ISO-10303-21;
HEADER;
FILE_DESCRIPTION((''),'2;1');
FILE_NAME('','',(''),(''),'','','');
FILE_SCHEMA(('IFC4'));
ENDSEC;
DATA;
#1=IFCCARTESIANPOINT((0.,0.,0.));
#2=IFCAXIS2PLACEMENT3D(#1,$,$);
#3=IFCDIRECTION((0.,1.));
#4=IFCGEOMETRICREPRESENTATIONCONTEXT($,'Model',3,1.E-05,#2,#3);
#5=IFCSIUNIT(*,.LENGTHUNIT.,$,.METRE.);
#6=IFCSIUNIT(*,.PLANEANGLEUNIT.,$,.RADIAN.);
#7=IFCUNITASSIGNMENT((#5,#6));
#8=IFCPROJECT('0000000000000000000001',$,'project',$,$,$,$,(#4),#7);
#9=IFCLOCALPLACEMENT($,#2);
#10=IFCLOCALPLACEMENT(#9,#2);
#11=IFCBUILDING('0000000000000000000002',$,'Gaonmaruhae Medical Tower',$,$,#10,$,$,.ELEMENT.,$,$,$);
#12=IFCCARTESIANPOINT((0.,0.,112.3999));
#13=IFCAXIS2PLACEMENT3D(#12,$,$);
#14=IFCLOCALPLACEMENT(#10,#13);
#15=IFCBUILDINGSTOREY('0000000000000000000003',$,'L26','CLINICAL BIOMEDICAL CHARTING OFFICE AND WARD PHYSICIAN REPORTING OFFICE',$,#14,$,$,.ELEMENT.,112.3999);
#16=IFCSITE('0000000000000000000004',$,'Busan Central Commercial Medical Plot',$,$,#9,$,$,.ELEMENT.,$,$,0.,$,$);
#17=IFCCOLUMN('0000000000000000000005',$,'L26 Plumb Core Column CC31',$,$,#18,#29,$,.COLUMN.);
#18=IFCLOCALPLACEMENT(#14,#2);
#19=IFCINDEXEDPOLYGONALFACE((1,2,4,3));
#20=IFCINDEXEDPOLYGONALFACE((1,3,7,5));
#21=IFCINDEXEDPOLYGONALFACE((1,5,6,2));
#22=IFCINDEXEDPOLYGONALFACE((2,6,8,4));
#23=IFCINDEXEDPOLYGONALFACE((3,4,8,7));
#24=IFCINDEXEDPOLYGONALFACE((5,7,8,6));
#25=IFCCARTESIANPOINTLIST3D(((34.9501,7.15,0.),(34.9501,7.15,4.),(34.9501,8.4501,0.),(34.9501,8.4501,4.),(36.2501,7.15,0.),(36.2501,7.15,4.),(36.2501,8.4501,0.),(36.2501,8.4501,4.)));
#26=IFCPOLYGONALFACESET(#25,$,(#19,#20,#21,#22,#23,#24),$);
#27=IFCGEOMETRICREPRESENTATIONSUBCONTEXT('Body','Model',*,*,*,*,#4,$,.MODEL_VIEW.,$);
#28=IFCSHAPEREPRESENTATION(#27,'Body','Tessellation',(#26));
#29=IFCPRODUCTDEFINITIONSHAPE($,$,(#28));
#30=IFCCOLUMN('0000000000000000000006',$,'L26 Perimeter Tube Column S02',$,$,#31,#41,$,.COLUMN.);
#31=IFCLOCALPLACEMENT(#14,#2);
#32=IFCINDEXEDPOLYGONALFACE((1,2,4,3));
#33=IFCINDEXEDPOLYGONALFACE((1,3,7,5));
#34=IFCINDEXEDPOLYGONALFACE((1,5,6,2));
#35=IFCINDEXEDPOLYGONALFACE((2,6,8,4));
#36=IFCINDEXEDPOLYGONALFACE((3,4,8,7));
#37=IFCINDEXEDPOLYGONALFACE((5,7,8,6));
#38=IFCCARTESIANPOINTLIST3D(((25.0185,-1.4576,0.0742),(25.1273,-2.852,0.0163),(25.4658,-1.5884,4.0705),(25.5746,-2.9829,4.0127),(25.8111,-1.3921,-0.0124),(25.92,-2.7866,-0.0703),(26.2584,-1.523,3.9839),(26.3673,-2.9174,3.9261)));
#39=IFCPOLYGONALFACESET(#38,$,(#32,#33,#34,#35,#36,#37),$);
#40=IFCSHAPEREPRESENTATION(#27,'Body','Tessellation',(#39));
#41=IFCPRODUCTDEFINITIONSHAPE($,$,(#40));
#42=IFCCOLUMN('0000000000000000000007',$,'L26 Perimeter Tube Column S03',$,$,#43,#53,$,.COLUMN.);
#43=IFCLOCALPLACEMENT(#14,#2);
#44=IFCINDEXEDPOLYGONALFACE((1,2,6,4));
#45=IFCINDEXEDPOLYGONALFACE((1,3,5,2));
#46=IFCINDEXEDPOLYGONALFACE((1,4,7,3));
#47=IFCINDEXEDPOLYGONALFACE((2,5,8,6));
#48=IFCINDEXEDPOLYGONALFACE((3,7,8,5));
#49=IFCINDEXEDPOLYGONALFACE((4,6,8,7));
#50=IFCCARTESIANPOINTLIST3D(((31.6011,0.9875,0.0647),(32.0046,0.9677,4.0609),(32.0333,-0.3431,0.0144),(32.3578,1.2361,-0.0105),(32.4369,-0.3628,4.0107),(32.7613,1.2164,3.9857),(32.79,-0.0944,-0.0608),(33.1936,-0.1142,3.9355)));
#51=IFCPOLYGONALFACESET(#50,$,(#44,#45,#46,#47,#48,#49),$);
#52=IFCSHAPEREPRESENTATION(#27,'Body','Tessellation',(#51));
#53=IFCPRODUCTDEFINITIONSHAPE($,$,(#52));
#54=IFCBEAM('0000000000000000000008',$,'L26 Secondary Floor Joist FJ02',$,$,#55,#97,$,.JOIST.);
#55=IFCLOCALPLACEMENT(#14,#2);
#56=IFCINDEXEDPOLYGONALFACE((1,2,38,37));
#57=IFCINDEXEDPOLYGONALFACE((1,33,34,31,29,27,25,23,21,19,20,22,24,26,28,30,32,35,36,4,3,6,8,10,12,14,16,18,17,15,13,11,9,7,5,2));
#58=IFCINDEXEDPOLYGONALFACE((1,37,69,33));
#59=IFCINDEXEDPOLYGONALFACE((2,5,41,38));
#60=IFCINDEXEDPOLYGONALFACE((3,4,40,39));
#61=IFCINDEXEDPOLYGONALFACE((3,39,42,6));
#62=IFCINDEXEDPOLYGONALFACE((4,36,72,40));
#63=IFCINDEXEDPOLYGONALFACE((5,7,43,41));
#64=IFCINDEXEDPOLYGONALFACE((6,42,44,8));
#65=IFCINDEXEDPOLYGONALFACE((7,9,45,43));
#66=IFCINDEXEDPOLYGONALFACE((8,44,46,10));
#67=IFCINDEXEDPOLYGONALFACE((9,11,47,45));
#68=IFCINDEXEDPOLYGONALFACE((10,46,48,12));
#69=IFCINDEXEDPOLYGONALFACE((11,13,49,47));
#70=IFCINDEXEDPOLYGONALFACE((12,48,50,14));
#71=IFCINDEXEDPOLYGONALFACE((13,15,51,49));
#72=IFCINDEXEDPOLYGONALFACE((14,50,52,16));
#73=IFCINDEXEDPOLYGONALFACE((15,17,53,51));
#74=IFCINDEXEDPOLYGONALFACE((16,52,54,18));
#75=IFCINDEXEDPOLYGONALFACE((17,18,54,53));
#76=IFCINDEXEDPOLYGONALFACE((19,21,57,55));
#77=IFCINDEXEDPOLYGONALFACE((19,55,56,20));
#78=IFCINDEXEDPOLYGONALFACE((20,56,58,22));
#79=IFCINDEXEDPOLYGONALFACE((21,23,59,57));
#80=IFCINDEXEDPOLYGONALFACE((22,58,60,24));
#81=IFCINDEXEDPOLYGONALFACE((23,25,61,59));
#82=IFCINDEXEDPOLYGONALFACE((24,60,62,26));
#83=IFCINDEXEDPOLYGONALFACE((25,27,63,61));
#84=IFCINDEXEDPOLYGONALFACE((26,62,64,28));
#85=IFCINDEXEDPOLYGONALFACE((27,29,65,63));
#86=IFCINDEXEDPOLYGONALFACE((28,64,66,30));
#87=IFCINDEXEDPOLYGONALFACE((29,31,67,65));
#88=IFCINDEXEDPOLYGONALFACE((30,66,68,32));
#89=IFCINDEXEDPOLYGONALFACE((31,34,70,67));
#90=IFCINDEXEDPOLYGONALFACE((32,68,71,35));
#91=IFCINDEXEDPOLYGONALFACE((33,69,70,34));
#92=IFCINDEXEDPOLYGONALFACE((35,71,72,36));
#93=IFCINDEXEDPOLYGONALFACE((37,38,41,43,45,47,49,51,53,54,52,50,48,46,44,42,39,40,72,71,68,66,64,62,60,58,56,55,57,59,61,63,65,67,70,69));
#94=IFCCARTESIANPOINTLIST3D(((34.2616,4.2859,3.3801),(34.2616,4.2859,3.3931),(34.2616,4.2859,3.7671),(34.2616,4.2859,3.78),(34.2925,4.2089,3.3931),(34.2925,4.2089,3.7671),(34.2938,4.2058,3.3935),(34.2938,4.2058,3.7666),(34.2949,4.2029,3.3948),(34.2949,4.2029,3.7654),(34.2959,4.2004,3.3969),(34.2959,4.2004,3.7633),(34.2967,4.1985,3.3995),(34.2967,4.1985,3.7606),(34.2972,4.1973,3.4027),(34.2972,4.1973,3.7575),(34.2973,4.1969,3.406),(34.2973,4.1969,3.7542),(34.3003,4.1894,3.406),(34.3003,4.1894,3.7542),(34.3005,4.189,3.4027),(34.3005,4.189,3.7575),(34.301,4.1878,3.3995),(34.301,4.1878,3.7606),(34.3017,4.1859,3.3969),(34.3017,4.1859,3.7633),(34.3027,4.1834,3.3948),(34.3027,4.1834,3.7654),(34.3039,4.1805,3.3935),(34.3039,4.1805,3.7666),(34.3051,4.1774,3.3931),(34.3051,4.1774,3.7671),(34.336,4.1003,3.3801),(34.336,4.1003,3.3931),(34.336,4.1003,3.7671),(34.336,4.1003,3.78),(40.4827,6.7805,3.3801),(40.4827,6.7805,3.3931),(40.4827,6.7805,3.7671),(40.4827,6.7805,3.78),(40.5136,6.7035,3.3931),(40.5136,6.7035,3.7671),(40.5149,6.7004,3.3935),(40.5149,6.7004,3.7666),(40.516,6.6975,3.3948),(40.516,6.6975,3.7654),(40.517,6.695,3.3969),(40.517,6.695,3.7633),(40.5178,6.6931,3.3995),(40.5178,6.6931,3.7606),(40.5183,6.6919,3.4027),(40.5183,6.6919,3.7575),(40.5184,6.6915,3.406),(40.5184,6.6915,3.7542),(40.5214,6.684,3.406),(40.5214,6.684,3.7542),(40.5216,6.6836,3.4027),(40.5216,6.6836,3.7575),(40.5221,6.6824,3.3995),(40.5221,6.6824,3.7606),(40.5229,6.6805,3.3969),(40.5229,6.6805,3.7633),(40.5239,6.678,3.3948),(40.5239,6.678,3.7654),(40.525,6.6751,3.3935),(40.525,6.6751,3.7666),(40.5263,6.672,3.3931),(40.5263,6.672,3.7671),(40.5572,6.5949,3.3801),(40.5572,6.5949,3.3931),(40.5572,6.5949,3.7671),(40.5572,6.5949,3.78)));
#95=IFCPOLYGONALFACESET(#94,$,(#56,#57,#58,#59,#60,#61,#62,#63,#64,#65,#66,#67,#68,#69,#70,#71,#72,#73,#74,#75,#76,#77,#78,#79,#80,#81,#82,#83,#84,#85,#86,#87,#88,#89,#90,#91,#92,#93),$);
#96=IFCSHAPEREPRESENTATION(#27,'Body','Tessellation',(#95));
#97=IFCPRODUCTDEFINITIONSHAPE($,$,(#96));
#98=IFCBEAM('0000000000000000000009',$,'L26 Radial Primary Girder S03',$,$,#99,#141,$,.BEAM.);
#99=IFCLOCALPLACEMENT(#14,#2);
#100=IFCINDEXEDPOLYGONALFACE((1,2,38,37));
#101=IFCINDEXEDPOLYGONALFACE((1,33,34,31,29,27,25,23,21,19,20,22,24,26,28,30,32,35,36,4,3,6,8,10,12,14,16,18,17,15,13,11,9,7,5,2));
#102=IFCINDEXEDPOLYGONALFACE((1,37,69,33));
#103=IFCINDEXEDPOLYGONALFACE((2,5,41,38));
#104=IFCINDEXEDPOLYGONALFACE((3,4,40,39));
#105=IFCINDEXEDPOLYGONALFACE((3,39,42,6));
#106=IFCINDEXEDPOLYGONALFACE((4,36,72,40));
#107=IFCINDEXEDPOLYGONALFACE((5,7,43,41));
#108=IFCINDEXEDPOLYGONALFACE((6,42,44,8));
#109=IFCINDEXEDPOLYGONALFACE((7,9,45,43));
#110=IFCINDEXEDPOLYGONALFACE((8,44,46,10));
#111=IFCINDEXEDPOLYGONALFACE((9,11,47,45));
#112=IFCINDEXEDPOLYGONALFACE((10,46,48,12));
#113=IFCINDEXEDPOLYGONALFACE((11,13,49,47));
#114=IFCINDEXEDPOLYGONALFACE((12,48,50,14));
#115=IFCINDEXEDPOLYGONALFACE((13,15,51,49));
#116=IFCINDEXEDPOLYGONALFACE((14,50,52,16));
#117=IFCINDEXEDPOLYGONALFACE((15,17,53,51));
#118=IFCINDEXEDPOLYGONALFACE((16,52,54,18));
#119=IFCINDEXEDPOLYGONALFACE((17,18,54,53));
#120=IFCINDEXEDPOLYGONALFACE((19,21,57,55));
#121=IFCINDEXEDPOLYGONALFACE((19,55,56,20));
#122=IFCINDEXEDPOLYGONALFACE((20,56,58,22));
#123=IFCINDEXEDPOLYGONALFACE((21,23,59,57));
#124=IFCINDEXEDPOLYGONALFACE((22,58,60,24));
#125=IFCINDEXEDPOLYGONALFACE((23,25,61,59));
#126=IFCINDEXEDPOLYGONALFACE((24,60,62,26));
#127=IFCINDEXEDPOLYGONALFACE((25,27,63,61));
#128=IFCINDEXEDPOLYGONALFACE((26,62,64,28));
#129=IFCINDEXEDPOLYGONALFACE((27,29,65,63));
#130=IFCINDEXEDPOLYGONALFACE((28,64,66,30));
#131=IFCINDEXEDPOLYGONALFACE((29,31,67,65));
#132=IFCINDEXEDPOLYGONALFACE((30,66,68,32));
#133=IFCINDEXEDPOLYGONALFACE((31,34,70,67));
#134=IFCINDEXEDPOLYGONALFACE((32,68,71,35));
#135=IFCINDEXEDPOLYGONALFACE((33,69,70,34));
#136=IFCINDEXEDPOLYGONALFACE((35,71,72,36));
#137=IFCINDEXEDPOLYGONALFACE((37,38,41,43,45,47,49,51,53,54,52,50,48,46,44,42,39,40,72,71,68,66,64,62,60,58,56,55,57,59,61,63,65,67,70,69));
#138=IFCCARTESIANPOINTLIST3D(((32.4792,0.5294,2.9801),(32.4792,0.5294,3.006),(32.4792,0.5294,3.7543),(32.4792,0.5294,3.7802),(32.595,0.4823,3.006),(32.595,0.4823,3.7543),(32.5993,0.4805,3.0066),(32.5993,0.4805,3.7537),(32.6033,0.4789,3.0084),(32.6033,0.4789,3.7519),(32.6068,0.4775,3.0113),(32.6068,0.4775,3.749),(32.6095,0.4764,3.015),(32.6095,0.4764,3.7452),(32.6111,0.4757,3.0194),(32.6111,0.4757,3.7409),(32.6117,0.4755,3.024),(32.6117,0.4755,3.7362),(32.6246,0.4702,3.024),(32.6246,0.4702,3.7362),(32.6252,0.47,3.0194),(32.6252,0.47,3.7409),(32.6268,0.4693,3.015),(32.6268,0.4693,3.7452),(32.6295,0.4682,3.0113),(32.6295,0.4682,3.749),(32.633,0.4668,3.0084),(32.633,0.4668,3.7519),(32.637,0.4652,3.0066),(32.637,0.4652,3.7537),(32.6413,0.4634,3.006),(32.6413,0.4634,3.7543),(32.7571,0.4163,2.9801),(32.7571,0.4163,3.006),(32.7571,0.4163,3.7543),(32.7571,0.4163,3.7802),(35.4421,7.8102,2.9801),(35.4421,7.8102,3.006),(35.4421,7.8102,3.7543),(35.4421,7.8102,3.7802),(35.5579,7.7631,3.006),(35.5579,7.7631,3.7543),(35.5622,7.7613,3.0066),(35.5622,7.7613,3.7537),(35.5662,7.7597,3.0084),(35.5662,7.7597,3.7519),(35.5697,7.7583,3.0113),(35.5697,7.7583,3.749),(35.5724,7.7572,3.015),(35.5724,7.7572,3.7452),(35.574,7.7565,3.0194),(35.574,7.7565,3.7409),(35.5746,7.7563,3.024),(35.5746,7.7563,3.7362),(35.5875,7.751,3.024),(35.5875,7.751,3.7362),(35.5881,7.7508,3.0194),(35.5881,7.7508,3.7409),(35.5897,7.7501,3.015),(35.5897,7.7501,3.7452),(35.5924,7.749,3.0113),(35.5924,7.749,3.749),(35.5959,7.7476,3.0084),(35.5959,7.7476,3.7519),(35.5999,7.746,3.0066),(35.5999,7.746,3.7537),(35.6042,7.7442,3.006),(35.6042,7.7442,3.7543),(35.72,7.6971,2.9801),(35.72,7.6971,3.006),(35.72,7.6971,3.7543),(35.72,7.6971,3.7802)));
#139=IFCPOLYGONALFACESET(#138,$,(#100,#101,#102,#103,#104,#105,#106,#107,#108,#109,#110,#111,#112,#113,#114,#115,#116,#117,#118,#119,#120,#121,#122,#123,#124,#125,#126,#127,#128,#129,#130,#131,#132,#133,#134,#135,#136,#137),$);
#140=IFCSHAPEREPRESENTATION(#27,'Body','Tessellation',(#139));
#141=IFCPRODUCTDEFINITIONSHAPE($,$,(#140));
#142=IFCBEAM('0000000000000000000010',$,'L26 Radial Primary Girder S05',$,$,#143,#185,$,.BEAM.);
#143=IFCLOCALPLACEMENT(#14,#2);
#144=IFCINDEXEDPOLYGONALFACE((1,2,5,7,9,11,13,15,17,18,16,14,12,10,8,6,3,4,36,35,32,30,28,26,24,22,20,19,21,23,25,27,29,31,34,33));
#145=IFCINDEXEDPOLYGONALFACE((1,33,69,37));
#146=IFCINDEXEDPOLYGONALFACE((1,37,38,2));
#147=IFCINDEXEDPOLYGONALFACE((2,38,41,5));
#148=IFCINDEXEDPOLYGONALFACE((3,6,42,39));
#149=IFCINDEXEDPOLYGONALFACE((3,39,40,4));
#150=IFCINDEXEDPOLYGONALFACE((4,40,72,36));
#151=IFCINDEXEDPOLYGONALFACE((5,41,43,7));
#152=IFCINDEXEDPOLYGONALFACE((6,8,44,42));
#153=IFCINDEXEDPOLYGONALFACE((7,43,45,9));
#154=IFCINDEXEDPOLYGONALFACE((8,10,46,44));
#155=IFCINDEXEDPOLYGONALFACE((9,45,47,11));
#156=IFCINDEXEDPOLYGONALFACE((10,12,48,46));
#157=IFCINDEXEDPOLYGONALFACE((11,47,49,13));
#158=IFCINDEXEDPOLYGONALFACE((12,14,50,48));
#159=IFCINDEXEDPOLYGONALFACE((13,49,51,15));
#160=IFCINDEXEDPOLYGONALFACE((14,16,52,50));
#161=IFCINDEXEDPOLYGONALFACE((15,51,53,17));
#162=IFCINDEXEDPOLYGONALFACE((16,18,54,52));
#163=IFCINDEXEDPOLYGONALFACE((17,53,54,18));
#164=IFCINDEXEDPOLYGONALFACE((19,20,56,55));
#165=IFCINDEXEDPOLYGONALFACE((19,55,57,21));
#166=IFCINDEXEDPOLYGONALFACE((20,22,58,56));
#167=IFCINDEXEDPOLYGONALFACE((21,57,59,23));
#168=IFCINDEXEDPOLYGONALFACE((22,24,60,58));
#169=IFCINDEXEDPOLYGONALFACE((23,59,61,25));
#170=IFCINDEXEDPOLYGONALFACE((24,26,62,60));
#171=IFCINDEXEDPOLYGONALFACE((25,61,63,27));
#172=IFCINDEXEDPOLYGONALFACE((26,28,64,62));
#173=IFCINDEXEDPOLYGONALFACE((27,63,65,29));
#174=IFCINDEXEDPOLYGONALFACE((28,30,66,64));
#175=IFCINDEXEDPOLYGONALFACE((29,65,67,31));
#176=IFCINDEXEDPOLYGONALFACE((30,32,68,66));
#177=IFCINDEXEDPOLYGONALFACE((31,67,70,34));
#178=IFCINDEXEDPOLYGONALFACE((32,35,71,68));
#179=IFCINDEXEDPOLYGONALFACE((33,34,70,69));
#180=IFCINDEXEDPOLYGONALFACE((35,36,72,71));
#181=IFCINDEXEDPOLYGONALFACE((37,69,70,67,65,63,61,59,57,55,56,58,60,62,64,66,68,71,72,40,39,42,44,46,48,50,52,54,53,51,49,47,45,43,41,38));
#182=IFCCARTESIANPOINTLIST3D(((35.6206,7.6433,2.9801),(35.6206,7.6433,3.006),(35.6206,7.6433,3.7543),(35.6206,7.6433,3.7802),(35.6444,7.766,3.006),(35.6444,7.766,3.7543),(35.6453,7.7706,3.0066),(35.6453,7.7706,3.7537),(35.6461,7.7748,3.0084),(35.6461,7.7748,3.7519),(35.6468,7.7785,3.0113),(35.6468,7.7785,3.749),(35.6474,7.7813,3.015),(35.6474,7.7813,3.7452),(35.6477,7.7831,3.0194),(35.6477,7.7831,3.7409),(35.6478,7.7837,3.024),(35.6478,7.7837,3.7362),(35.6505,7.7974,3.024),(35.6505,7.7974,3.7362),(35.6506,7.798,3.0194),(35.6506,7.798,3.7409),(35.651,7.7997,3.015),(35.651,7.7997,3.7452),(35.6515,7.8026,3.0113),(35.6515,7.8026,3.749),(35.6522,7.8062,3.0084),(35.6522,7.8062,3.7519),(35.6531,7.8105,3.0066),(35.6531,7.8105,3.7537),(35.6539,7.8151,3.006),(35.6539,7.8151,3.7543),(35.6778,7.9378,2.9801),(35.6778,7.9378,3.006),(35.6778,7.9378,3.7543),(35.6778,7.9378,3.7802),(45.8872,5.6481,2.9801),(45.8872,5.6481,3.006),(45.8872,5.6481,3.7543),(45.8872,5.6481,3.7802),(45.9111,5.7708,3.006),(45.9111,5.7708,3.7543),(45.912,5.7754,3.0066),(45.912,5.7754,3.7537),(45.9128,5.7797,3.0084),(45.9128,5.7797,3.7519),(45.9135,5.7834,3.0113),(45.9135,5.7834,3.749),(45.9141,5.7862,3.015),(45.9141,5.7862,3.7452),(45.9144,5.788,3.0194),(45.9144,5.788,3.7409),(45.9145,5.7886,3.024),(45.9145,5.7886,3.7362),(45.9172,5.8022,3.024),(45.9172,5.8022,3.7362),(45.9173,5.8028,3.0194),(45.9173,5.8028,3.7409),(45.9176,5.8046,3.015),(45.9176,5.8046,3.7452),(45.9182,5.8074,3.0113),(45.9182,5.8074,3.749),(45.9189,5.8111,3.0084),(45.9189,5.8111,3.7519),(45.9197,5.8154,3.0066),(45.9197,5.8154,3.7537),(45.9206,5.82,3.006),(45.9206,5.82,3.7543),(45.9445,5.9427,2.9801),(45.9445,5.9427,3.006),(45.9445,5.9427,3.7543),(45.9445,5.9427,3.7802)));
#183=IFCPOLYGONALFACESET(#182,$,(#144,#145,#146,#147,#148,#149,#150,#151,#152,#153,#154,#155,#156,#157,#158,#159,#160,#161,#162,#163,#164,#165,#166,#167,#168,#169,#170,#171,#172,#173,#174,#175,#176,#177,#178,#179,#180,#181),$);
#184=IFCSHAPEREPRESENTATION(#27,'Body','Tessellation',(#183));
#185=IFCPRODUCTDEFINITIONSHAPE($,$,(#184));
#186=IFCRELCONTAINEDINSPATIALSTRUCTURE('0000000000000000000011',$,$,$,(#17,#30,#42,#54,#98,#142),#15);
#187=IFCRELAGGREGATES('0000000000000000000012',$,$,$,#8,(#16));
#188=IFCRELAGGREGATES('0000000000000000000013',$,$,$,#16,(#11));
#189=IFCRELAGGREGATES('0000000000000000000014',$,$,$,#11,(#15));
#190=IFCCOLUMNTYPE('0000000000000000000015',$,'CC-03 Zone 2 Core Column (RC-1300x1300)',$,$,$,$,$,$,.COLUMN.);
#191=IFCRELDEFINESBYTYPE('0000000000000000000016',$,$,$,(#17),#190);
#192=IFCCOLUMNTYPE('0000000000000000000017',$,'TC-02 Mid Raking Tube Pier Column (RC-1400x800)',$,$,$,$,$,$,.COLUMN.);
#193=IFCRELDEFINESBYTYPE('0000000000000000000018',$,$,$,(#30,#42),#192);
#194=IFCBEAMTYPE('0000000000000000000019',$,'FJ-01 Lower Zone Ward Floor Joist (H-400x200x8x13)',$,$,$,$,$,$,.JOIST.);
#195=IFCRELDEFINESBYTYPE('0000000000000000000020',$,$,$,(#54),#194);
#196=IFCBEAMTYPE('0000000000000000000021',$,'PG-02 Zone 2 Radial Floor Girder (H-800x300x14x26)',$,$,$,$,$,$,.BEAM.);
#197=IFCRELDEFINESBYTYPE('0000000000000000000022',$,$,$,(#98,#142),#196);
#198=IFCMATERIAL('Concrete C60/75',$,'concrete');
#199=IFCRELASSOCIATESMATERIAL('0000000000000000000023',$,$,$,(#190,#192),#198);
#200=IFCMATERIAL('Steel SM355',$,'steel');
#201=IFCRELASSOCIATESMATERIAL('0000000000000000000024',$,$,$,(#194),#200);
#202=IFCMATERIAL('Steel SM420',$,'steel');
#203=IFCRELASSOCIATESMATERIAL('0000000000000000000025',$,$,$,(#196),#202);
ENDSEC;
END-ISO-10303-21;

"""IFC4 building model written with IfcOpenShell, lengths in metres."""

from ifc_helpers import new_model, si_unit, direction, frame, origin, origin_2d, place, context, subcontext, project, spatial, rectangle, i_section, extrude, material, material_profile, profile_set, type_object, element, save


model = new_model("IFC4")

# Units and contexts
model_context = context("Model", 3, precision=1e-05, world=origin(), true_north=direction((0.0, 1.0)))
body_context = subcontext(model_context, "Body", "Model", "MODEL_VIEW")
ifc_project = project(units=[si_unit("LENGTHUNIT", "METRE"), si_unit("PLANEANGLEUNIT", "RADIAN")], contexts=[model_context])

# Site, building, storey
site_placement = place(None, origin())
site = spatial("IfcSite", under=ifc_project, at=site_placement, Name="Busan Central Commercial Medical Plot", CompositionType="ELEMENT", RefElevation=0.0)
building_placement = place(site_placement, origin())
building = spatial("IfcBuilding", under=site, at=building_placement, Name="Gaonmaruhae Medical Tower", CompositionType="ELEMENT")
storey_placement = place(building_placement, frame((0.0, 0.0, 112.3999)))
storey = spatial("IfcBuildingStorey", under=building, at=storey_placement, Name="L26", Description="CLINICAL BIOMEDICAL CHARTING OFFICE AND WARD PHYSICIAN REPORTING OFFICE", CompositionType="ELEMENT", Elevation=112.3999)

# Columns
ifc_material_1 = material(Name="Concrete C60/75", Category="concrete")
ifc_material_profile_1 = material_profile(ifc_material_1, rectangle(XDim=1.3, YDim=1.3, at=origin_2d()), Name="RC-1300x1300")
ifc_profile_set_1 = profile_set([ifc_material_profile_1], Name="Concrete C60/75")
column_type_1 = type_object("IfcColumnType", Name="CC-03 Zone 2 Core Column (RC-1300x1300)", PredefinedType="COLUMN", material=ifc_profile_set_1)
column_1_placement = place(storey_placement, frame((35.6001, 7.8, 0.0), z_axis=(0.0, 0.0, 1.0), x_axis=(1.0, 0.0, 0.0)))
element("IfcColumn", 1, at=column_1_placement, inside=storey, type_object=column_type_1, Name="L26 Plumb Core Column CC31", PredefinedType="COLUMN", context=body_context, shape_type="SweptSolid", body=[
    extrude(rectangle(XDim=1.3, YDim=1.3, at=origin_2d()), origin(), (0.0, 0.0, 1.0), 4.0),
])
ifc_material_profile_2 = material_profile(ifc_material_1, rectangle(XDim=1.3999, YDim=0.8, at=origin_2d()), Name="RC-1400x800")
ifc_profile_set_2 = profile_set([ifc_material_profile_2], Name="Concrete C60/75")
column_type_2 = type_object("IfcColumnType", Name="TC-02 Mid Raking Tube Pier Column (RC-1400x800)", PredefinedType="COLUMN", material=ifc_profile_set_2)
column_2_placement = place(storey_placement, frame((25.4692, -2.1221, 0.002), z_axis=(0.111166, -0.032524, 0.99327), x_axis=(-0.077751, 0.996116, 0.041319)))
element("IfcColumn", 2, at=column_2_placement, inside=storey, type_object=column_type_2, Name="L26 Perimeter Tube Column S02", PredefinedType="COLUMN", context=body_context, shape_type="SweptSolid", body=[
    extrude(rectangle(XDim=1.3999, YDim=0.8, at=origin_2d()), origin(), (0.0, 0.0, 1.0), 4.0234),
])
column_3_placement = place(storey_placement, frame((32.1956, 0.4465, 0.002), z_axis=(0.100471, -0.004923, 0.994928), x_axis=(-0.30878, 0.950456, 0.035885)))
element("IfcColumn", 3, at=column_3_placement, inside=storey, type_object=column_type_2, Name="L26 Perimeter Tube Column S03", PredefinedType="COLUMN", context=body_context, shape_type="SweptSolid", body=[
    extrude(rectangle(XDim=1.3999, YDim=0.8, at=origin_2d()), origin(), (0.0, 0.0, 1.0), 4.0166),
])

# Beams
ifc_material_2 = material(Name="Steel SM355", Category="steel")
ifc_material_profile_3 = material_profile(ifc_material_2, i_section(OverallWidth=0.2, OverallDepth=0.3999, WebThickness=0.0081, FlangeThickness=0.0129, FilletRadius=0.0129, at=origin_2d()), Name="H-400x200x8x13")
ifc_profile_set_3 = profile_set([ifc_material_profile_3], Name="Steel SM355")
beam_type_1 = type_object("IfcBeamType", Name="FJ-01 Lower Zone Ward Floor Joist (H-400x200x8x13)", PredefinedType="JOIST", material=ifc_profile_set_3)
beam_1_placement = place(storey_placement, frame((34.2988, 4.1931, 3.5801), z_axis=(0.92816, 0.372182, 0.0), x_axis=(-0.372182, 0.92816, 0.0)))
element("IfcBeam", 4, at=beam_1_placement, inside=storey, type_object=beam_type_1, Name="L26 Secondary Floor Joist FJ02", PredefinedType="JOIST", context=body_context, shape_type="SweptSolid", body=[
    extrude(i_section(OverallWidth=0.2, OverallDepth=0.3999, WebThickness=0.0081, FlangeThickness=0.0129, FilletRadius=0.0129, at=origin_2d()), origin(), (0.0, 0.0, 1.0), 6.7026),
])
ifc_material_3 = material(Name="Steel SM420", Category="steel")
ifc_material_profile_4 = material_profile(ifc_material_3, i_section(OverallWidth=0.3, OverallDepth=0.8, WebThickness=0.0139, FlangeThickness=0.0259, FilletRadius=0.0181, at=origin_2d()), Name="H-800x300x14x26")
ifc_profile_set_4 = profile_set([ifc_material_profile_4], Name="Steel SM420")
beam_type_2 = type_object("IfcBeamType", Name="PG-02 Zone 2 Radial Floor Girder (H-800x300x14x26)", PredefinedType="BEAM", material=ifc_profile_set_4)
beam_2_placement = place(storey_placement, frame((35.5811, 7.7537, 3.3801), z_axis=(-0.376932, -0.926241, 0.0), x_axis=(0.926241, -0.376932, 0.0)))
element("IfcBeam", 5, at=beam_2_placement, inside=storey, type_object=beam_type_2, Name="L26 Radial Primary Girder S03", PredefinedType="BEAM", context=body_context, shape_type="SweptSolid", body=[
    extrude(i_section(OverallWidth=0.3, OverallDepth=0.8, WebThickness=0.0139, FlangeThickness=0.0259, FilletRadius=0.0181, at=origin_2d()), origin(), (0.0, 0.0, 1.0), 7.8606),
])
beam_3_placement = place(storey_placement, frame((35.6492, 7.7905, 3.3801), z_axis=(0.981636, -0.190762, 0.0), x_axis=(0.190762, 0.981636, 0.0)))
element("IfcBeam", 6, at=beam_3_placement, inside=storey, type_object=beam_type_2, Name="L26 Radial Primary Girder S05", PredefinedType="BEAM", context=body_context, shape_type="SweptSolid", body=[
    extrude(i_section(OverallWidth=0.3, OverallDepth=0.8, WebThickness=0.0139, FlangeThickness=0.0259, FilletRadius=0.0181, at=origin_2d()), origin(), (0.0, 0.0, 1.0), 10.4587),
])

save(model, "model.ifc")
